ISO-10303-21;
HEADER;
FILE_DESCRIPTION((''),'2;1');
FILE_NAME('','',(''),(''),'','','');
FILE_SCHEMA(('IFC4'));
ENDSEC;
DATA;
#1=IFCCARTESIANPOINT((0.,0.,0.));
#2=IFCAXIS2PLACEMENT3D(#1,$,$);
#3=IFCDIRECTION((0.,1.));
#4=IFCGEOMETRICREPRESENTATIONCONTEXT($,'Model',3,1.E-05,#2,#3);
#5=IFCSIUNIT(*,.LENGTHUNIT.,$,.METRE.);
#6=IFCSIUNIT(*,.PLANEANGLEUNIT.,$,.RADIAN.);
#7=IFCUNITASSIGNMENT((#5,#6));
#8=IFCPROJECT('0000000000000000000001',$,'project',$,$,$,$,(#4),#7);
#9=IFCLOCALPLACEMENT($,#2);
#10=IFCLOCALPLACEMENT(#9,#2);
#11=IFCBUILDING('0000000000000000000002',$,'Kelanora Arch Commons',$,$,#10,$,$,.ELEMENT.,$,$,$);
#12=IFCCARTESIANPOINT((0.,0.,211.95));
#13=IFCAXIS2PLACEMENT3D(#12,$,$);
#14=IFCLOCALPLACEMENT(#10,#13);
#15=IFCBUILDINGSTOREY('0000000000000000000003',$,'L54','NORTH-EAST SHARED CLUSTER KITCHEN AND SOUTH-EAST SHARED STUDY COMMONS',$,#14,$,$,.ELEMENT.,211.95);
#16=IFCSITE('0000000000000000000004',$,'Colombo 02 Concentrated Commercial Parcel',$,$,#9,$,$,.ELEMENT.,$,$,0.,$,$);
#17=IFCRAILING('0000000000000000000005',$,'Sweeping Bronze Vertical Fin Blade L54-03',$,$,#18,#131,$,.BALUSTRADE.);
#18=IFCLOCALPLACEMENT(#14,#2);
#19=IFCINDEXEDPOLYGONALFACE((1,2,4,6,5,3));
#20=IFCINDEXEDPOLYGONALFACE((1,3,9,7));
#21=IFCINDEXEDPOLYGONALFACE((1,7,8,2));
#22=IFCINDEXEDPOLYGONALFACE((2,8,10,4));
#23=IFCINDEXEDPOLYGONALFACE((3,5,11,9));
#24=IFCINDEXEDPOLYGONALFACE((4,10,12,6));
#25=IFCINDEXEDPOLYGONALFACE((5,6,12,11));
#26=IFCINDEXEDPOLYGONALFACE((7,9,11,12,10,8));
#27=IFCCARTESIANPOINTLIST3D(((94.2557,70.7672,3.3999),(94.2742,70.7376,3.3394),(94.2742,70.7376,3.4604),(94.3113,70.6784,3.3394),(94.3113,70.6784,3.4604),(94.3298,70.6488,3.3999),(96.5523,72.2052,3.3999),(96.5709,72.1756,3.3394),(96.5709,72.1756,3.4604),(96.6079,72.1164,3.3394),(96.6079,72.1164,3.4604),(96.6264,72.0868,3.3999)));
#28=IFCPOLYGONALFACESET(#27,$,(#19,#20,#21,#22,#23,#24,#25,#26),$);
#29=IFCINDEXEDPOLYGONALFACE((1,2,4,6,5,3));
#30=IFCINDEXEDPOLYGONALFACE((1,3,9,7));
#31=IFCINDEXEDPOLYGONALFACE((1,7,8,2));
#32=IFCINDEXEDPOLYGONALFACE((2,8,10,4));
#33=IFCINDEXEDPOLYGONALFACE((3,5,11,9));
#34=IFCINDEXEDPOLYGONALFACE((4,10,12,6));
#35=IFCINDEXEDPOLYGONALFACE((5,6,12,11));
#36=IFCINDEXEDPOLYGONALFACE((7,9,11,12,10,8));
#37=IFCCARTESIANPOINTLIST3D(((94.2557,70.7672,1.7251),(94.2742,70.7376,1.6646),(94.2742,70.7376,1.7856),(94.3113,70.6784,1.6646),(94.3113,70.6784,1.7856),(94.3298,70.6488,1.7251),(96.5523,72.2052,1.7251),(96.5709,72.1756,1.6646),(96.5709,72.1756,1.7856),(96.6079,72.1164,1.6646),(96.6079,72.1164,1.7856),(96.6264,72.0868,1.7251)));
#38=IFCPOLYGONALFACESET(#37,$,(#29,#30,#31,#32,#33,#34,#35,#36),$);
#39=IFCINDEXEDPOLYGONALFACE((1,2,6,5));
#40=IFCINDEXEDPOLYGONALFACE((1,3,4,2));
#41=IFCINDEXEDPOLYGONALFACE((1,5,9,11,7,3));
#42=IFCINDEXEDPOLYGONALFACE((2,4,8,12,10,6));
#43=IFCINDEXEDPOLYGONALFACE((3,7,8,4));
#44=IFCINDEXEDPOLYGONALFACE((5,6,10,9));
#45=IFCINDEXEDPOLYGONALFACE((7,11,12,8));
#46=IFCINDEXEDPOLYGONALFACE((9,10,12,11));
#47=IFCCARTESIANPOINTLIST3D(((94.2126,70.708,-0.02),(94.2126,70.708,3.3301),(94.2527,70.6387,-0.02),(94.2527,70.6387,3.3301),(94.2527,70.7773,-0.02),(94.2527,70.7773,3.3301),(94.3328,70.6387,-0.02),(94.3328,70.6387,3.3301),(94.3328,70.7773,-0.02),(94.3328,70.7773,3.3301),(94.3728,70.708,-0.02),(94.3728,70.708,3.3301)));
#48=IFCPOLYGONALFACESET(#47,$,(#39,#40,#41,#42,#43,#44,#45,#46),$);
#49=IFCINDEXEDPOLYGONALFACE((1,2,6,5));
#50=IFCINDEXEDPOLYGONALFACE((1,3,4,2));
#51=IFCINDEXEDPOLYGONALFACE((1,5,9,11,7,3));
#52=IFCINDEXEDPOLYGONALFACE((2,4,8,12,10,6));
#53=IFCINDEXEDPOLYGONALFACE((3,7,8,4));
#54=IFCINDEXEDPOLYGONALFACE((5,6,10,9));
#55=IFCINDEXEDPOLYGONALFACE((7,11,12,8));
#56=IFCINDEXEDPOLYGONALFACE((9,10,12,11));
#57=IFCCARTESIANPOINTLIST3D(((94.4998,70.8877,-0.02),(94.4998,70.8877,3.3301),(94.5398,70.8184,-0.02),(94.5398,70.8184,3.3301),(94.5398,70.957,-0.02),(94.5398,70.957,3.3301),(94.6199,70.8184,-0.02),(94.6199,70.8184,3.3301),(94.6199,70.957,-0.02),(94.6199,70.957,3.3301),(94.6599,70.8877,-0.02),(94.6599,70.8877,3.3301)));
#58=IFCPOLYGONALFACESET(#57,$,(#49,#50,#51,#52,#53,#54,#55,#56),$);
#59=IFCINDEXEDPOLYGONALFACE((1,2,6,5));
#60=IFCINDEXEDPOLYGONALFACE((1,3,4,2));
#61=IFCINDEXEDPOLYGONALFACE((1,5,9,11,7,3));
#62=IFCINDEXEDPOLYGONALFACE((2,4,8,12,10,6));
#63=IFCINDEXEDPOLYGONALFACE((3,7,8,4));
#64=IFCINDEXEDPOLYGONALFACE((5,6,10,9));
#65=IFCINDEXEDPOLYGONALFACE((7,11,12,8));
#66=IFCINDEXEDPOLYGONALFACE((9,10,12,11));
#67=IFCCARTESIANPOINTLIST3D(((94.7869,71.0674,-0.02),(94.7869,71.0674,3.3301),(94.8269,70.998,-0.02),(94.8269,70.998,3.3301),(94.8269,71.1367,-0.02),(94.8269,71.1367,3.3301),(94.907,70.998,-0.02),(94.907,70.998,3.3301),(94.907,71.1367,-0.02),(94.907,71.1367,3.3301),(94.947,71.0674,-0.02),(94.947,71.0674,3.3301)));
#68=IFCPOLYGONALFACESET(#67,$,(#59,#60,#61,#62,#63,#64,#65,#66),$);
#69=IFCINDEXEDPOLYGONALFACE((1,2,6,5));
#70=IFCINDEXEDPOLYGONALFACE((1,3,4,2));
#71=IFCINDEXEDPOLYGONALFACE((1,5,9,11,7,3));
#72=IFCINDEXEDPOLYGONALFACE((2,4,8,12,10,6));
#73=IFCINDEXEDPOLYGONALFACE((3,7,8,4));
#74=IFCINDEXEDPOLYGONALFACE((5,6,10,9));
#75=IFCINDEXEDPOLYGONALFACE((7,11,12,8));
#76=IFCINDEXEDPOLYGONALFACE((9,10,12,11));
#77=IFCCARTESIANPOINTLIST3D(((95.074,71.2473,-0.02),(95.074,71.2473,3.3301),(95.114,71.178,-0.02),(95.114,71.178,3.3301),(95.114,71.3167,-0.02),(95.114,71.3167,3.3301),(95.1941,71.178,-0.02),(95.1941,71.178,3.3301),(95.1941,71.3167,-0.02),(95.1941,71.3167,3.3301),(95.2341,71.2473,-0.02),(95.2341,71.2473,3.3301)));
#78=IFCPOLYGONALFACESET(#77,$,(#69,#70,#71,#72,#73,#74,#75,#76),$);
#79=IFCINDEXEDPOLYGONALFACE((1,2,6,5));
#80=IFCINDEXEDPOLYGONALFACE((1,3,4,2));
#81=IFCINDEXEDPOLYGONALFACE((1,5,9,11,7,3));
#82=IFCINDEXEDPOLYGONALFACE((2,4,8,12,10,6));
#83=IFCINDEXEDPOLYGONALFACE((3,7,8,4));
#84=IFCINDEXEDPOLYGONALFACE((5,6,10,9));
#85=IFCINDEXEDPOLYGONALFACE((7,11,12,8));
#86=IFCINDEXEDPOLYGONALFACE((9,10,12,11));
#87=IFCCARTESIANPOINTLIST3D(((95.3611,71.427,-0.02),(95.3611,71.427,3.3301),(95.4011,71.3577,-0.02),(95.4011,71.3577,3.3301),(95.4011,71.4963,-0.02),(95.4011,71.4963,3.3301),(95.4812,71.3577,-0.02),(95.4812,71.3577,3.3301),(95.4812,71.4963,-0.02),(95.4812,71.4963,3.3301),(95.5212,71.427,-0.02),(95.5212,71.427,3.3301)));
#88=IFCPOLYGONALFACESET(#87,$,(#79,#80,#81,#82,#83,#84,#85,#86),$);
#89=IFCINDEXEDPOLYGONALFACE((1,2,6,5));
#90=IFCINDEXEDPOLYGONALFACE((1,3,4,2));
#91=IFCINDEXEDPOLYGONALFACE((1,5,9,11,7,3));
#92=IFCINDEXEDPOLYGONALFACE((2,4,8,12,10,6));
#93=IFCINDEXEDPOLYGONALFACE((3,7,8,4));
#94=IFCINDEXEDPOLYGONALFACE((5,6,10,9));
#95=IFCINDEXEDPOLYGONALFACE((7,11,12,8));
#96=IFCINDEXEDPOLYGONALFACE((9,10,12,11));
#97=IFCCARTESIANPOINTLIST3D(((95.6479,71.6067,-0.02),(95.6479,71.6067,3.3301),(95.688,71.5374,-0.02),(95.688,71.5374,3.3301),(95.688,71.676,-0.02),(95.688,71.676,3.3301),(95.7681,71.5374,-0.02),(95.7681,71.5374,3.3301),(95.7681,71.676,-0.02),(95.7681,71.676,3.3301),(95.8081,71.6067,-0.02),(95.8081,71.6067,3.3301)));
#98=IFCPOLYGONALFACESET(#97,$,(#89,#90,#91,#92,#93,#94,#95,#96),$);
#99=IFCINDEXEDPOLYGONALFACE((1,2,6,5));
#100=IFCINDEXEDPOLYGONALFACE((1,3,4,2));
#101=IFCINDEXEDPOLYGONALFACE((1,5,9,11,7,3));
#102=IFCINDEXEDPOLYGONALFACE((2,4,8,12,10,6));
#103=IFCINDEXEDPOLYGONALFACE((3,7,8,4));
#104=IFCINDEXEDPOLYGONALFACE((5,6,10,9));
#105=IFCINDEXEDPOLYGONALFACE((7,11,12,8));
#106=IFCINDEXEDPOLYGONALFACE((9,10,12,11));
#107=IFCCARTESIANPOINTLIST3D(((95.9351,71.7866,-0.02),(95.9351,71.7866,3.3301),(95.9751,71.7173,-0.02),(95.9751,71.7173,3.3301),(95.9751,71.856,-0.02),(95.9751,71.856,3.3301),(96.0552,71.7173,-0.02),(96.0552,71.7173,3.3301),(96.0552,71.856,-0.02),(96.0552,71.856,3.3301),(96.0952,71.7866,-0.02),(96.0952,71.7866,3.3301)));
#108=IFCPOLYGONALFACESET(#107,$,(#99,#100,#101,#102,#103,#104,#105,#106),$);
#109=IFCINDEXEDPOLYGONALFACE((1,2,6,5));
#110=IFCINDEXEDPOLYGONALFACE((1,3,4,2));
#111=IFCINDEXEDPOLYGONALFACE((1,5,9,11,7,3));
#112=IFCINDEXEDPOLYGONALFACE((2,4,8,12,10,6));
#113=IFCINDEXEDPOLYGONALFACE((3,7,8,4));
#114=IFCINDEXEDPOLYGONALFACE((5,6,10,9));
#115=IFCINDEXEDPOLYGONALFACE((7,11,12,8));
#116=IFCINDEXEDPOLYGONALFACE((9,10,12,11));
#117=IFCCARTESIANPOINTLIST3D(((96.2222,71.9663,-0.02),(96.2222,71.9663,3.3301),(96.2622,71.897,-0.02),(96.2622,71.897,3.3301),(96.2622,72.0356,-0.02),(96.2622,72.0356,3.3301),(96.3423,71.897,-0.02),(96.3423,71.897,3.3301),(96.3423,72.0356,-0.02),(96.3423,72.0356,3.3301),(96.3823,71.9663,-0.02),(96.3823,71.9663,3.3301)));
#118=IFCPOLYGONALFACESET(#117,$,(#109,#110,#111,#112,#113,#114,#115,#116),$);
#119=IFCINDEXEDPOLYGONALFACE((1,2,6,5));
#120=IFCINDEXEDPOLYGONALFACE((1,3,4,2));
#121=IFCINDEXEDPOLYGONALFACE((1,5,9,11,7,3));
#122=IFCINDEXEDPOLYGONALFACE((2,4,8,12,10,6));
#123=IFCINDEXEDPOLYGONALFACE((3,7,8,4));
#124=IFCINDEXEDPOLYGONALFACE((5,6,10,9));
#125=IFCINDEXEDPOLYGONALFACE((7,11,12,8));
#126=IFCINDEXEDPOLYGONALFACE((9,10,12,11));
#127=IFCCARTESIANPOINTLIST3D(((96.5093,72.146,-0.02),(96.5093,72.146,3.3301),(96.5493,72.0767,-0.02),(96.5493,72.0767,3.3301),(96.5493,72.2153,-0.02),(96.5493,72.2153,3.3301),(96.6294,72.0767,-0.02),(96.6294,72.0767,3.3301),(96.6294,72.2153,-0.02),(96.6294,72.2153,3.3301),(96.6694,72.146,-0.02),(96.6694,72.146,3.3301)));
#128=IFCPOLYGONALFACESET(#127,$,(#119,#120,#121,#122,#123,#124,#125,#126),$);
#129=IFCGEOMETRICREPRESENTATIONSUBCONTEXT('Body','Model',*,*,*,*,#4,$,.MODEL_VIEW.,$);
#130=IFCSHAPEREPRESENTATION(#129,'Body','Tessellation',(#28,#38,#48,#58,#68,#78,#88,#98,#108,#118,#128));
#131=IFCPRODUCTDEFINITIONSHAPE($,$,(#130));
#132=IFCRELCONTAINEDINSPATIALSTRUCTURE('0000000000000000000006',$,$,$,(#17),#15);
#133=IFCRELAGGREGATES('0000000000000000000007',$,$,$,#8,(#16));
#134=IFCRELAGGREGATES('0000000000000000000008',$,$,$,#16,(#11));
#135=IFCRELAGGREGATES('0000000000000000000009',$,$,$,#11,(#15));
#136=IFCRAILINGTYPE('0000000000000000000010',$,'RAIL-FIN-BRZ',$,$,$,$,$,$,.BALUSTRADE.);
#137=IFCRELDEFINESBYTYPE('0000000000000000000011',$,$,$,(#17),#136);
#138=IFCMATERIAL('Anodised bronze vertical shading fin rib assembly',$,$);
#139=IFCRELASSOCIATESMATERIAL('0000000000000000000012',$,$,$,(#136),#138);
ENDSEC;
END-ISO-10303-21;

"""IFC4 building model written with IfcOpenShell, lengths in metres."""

from ifc_helpers import new_model, si_unit, direction, frame, origin, place, context, subcontext, project, spatial, polyline, outline, extrude, material, type_object, element, save


model = new_model("IFC4")

# Units and contexts
model_context = context("Model", 3, precision=1e-05, world=origin(), true_north=direction((0.0, 1.0)))
body_context = subcontext(model_context, "Body", "Model", "MODEL_VIEW")
ifc_project = project(units=[si_unit("LENGTHUNIT", "METRE"), si_unit("PLANEANGLEUNIT", "RADIAN")], contexts=[model_context])

# Site, building, storey
site_placement = place(None, origin())
site = spatial("IfcSite", under=ifc_project, at=site_placement, Name="Colombo 02 Concentrated Commercial Parcel", CompositionType="ELEMENT", RefElevation=0.0)
building_placement = place(site_placement, origin())
building = spatial("IfcBuilding", under=site, at=building_placement, Name="Kelanora Arch Commons", CompositionType="ELEMENT")
storey_placement = place(building_placement, frame((0.0, 0.0, 211.95)))
storey = spatial("IfcBuildingStorey", under=building, at=storey_placement, Name="L54", Description="NORTH-EAST SHARED CLUSTER KITCHEN AND SOUTH-EAST SHARED STUDY COMMONS", CompositionType="ELEMENT", Elevation=211.95)

# Railing
ifc_material_1 = material(Name="Anodised bronze vertical shading fin rib assembly")
railing_type = type_object("IfcRailingType", Name="RAIL-FIN-BRZ", PredefinedType="BALUSTRADE", material=ifc_material_1)
railing_1_placement = place(storey_placement, frame((94.2927, 70.708, -0.02)))
element("IfcRailing", 1, at=railing_1_placement, inside=storey, type_object=railing_type, Name="Sweeping Bronze Vertical Fin Blade L54-03", PredefinedType="BALUSTRADE", context=body_context, shape_type="SweptSolid", body=[
    extrude(outline(polyline([(0.0698, 0.0), (0.0349, 0.0605), (-0.0349, 0.0605), (-0.0698, 0.0), (-0.0349, -0.0605), (0.0349, -0.0605), (0.0698, 0.0)])), frame((0.0, 0.0, 3.4199), z_axis=(0.847568, 0.530687, 0.0), x_axis=(-0.530687, 0.847568, 0.0)), (0.0, 0.0, 1.0), 2.7097),
    extrude(outline(polyline([(0.0698, 0.0), (0.0349, 0.0605), (-0.0349, 0.0605), (-0.0698, 0.0), (-0.0349, -0.0605), (0.0349, -0.0605), (0.0698, 0.0)])), frame((0.0, 0.0, 1.7451), z_axis=(0.847568, 0.530687, 0.0), x_axis=(-0.530687, 0.847568, 0.0)), (0.0, 0.0, 1.0), 2.7097),
    extrude(outline(polyline([(0.0801, 0.0), (0.04, 0.0693), (-0.04, 0.0693), (-0.0801, 0.0), (-0.04, -0.0693), (0.04, -0.0693), (0.0801, 0.0)])), origin(), (0.0, 0.0, 1.0), 3.3501),
    extrude(outline(polyline([(0.0801, 0.0), (0.04, 0.0693), (-0.04, 0.0693), (-0.0801, 0.0), (-0.04, -0.0693), (0.04, -0.0693), (0.0801, 0.0)])), frame((0.2871, 0.1797, 0.0)), (0.0, 0.0, 1.0), 3.3501),
    extrude(outline(polyline([(0.0801, 0.0), (0.04, 0.0693), (-0.04, 0.0693), (-0.0801, 0.0), (-0.04, -0.0693), (0.04, -0.0693), (0.0801, 0.0)])), frame((0.5742, 0.3594, 0.0)), (0.0, 0.0, 1.0), 3.3501),
    extrude(outline(polyline([(0.0801, 0.0), (0.04, 0.0693), (-0.04, 0.0693), (-0.0801, 0.0), (-0.04, -0.0693), (0.04, -0.0693), (0.0801, 0.0)])), frame((0.8613, 0.5393, 0.0)), (0.0, 0.0, 1.0), 3.3501),
    extrude(outline(polyline([(0.0801, 0.0), (0.04, 0.0693), (-0.04, 0.0693), (-0.0801, 0.0), (-0.04, -0.0693), (0.04, -0.0693), (0.0801, 0.0)])), frame((1.1484, 0.719, 0.0)), (0.0, 0.0, 1.0), 3.3501),
    extrude(outline(polyline([(0.0801, 0.0), (0.04, 0.0693), (-0.04, 0.0693), (-0.0801, 0.0), (-0.04, -0.0693), (0.04, -0.0693), (0.0801, 0.0)])), frame((1.4353, 0.8987, 0.0)), (0.0, 0.0, 1.0), 3.3501),
    extrude(outline(polyline([(0.0801, 0.0), (0.04, 0.0693), (-0.04, 0.0693), (-0.0801, 0.0), (-0.04, -0.0693), (0.04, -0.0693), (0.0801, 0.0)])), frame((1.7224, 1.0786, 0.0)), (0.0, 0.0, 1.0), 3.3501),
    extrude(outline(polyline([(0.0801, 0.0), (0.04, 0.0693), (-0.04, 0.0693), (-0.0801, 0.0), (-0.04, -0.0693), (0.04, -0.0693), (0.0801, 0.0)])), frame((2.0095, 1.2583, 0.0)), (0.0, 0.0, 1.0), 3.3501),
    extrude(outline(polyline([(0.0801, 0.0), (0.04, 0.0693), (-0.04, 0.0693), (-0.0801, 0.0), (-0.04, -0.0693), (0.04, -0.0693), (0.0801, 0.0)])), frame((2.2966, 1.438, 0.0)), (0.0, 0.0, 1.0), 3.3501),
])

save(model, "model.ifc")
